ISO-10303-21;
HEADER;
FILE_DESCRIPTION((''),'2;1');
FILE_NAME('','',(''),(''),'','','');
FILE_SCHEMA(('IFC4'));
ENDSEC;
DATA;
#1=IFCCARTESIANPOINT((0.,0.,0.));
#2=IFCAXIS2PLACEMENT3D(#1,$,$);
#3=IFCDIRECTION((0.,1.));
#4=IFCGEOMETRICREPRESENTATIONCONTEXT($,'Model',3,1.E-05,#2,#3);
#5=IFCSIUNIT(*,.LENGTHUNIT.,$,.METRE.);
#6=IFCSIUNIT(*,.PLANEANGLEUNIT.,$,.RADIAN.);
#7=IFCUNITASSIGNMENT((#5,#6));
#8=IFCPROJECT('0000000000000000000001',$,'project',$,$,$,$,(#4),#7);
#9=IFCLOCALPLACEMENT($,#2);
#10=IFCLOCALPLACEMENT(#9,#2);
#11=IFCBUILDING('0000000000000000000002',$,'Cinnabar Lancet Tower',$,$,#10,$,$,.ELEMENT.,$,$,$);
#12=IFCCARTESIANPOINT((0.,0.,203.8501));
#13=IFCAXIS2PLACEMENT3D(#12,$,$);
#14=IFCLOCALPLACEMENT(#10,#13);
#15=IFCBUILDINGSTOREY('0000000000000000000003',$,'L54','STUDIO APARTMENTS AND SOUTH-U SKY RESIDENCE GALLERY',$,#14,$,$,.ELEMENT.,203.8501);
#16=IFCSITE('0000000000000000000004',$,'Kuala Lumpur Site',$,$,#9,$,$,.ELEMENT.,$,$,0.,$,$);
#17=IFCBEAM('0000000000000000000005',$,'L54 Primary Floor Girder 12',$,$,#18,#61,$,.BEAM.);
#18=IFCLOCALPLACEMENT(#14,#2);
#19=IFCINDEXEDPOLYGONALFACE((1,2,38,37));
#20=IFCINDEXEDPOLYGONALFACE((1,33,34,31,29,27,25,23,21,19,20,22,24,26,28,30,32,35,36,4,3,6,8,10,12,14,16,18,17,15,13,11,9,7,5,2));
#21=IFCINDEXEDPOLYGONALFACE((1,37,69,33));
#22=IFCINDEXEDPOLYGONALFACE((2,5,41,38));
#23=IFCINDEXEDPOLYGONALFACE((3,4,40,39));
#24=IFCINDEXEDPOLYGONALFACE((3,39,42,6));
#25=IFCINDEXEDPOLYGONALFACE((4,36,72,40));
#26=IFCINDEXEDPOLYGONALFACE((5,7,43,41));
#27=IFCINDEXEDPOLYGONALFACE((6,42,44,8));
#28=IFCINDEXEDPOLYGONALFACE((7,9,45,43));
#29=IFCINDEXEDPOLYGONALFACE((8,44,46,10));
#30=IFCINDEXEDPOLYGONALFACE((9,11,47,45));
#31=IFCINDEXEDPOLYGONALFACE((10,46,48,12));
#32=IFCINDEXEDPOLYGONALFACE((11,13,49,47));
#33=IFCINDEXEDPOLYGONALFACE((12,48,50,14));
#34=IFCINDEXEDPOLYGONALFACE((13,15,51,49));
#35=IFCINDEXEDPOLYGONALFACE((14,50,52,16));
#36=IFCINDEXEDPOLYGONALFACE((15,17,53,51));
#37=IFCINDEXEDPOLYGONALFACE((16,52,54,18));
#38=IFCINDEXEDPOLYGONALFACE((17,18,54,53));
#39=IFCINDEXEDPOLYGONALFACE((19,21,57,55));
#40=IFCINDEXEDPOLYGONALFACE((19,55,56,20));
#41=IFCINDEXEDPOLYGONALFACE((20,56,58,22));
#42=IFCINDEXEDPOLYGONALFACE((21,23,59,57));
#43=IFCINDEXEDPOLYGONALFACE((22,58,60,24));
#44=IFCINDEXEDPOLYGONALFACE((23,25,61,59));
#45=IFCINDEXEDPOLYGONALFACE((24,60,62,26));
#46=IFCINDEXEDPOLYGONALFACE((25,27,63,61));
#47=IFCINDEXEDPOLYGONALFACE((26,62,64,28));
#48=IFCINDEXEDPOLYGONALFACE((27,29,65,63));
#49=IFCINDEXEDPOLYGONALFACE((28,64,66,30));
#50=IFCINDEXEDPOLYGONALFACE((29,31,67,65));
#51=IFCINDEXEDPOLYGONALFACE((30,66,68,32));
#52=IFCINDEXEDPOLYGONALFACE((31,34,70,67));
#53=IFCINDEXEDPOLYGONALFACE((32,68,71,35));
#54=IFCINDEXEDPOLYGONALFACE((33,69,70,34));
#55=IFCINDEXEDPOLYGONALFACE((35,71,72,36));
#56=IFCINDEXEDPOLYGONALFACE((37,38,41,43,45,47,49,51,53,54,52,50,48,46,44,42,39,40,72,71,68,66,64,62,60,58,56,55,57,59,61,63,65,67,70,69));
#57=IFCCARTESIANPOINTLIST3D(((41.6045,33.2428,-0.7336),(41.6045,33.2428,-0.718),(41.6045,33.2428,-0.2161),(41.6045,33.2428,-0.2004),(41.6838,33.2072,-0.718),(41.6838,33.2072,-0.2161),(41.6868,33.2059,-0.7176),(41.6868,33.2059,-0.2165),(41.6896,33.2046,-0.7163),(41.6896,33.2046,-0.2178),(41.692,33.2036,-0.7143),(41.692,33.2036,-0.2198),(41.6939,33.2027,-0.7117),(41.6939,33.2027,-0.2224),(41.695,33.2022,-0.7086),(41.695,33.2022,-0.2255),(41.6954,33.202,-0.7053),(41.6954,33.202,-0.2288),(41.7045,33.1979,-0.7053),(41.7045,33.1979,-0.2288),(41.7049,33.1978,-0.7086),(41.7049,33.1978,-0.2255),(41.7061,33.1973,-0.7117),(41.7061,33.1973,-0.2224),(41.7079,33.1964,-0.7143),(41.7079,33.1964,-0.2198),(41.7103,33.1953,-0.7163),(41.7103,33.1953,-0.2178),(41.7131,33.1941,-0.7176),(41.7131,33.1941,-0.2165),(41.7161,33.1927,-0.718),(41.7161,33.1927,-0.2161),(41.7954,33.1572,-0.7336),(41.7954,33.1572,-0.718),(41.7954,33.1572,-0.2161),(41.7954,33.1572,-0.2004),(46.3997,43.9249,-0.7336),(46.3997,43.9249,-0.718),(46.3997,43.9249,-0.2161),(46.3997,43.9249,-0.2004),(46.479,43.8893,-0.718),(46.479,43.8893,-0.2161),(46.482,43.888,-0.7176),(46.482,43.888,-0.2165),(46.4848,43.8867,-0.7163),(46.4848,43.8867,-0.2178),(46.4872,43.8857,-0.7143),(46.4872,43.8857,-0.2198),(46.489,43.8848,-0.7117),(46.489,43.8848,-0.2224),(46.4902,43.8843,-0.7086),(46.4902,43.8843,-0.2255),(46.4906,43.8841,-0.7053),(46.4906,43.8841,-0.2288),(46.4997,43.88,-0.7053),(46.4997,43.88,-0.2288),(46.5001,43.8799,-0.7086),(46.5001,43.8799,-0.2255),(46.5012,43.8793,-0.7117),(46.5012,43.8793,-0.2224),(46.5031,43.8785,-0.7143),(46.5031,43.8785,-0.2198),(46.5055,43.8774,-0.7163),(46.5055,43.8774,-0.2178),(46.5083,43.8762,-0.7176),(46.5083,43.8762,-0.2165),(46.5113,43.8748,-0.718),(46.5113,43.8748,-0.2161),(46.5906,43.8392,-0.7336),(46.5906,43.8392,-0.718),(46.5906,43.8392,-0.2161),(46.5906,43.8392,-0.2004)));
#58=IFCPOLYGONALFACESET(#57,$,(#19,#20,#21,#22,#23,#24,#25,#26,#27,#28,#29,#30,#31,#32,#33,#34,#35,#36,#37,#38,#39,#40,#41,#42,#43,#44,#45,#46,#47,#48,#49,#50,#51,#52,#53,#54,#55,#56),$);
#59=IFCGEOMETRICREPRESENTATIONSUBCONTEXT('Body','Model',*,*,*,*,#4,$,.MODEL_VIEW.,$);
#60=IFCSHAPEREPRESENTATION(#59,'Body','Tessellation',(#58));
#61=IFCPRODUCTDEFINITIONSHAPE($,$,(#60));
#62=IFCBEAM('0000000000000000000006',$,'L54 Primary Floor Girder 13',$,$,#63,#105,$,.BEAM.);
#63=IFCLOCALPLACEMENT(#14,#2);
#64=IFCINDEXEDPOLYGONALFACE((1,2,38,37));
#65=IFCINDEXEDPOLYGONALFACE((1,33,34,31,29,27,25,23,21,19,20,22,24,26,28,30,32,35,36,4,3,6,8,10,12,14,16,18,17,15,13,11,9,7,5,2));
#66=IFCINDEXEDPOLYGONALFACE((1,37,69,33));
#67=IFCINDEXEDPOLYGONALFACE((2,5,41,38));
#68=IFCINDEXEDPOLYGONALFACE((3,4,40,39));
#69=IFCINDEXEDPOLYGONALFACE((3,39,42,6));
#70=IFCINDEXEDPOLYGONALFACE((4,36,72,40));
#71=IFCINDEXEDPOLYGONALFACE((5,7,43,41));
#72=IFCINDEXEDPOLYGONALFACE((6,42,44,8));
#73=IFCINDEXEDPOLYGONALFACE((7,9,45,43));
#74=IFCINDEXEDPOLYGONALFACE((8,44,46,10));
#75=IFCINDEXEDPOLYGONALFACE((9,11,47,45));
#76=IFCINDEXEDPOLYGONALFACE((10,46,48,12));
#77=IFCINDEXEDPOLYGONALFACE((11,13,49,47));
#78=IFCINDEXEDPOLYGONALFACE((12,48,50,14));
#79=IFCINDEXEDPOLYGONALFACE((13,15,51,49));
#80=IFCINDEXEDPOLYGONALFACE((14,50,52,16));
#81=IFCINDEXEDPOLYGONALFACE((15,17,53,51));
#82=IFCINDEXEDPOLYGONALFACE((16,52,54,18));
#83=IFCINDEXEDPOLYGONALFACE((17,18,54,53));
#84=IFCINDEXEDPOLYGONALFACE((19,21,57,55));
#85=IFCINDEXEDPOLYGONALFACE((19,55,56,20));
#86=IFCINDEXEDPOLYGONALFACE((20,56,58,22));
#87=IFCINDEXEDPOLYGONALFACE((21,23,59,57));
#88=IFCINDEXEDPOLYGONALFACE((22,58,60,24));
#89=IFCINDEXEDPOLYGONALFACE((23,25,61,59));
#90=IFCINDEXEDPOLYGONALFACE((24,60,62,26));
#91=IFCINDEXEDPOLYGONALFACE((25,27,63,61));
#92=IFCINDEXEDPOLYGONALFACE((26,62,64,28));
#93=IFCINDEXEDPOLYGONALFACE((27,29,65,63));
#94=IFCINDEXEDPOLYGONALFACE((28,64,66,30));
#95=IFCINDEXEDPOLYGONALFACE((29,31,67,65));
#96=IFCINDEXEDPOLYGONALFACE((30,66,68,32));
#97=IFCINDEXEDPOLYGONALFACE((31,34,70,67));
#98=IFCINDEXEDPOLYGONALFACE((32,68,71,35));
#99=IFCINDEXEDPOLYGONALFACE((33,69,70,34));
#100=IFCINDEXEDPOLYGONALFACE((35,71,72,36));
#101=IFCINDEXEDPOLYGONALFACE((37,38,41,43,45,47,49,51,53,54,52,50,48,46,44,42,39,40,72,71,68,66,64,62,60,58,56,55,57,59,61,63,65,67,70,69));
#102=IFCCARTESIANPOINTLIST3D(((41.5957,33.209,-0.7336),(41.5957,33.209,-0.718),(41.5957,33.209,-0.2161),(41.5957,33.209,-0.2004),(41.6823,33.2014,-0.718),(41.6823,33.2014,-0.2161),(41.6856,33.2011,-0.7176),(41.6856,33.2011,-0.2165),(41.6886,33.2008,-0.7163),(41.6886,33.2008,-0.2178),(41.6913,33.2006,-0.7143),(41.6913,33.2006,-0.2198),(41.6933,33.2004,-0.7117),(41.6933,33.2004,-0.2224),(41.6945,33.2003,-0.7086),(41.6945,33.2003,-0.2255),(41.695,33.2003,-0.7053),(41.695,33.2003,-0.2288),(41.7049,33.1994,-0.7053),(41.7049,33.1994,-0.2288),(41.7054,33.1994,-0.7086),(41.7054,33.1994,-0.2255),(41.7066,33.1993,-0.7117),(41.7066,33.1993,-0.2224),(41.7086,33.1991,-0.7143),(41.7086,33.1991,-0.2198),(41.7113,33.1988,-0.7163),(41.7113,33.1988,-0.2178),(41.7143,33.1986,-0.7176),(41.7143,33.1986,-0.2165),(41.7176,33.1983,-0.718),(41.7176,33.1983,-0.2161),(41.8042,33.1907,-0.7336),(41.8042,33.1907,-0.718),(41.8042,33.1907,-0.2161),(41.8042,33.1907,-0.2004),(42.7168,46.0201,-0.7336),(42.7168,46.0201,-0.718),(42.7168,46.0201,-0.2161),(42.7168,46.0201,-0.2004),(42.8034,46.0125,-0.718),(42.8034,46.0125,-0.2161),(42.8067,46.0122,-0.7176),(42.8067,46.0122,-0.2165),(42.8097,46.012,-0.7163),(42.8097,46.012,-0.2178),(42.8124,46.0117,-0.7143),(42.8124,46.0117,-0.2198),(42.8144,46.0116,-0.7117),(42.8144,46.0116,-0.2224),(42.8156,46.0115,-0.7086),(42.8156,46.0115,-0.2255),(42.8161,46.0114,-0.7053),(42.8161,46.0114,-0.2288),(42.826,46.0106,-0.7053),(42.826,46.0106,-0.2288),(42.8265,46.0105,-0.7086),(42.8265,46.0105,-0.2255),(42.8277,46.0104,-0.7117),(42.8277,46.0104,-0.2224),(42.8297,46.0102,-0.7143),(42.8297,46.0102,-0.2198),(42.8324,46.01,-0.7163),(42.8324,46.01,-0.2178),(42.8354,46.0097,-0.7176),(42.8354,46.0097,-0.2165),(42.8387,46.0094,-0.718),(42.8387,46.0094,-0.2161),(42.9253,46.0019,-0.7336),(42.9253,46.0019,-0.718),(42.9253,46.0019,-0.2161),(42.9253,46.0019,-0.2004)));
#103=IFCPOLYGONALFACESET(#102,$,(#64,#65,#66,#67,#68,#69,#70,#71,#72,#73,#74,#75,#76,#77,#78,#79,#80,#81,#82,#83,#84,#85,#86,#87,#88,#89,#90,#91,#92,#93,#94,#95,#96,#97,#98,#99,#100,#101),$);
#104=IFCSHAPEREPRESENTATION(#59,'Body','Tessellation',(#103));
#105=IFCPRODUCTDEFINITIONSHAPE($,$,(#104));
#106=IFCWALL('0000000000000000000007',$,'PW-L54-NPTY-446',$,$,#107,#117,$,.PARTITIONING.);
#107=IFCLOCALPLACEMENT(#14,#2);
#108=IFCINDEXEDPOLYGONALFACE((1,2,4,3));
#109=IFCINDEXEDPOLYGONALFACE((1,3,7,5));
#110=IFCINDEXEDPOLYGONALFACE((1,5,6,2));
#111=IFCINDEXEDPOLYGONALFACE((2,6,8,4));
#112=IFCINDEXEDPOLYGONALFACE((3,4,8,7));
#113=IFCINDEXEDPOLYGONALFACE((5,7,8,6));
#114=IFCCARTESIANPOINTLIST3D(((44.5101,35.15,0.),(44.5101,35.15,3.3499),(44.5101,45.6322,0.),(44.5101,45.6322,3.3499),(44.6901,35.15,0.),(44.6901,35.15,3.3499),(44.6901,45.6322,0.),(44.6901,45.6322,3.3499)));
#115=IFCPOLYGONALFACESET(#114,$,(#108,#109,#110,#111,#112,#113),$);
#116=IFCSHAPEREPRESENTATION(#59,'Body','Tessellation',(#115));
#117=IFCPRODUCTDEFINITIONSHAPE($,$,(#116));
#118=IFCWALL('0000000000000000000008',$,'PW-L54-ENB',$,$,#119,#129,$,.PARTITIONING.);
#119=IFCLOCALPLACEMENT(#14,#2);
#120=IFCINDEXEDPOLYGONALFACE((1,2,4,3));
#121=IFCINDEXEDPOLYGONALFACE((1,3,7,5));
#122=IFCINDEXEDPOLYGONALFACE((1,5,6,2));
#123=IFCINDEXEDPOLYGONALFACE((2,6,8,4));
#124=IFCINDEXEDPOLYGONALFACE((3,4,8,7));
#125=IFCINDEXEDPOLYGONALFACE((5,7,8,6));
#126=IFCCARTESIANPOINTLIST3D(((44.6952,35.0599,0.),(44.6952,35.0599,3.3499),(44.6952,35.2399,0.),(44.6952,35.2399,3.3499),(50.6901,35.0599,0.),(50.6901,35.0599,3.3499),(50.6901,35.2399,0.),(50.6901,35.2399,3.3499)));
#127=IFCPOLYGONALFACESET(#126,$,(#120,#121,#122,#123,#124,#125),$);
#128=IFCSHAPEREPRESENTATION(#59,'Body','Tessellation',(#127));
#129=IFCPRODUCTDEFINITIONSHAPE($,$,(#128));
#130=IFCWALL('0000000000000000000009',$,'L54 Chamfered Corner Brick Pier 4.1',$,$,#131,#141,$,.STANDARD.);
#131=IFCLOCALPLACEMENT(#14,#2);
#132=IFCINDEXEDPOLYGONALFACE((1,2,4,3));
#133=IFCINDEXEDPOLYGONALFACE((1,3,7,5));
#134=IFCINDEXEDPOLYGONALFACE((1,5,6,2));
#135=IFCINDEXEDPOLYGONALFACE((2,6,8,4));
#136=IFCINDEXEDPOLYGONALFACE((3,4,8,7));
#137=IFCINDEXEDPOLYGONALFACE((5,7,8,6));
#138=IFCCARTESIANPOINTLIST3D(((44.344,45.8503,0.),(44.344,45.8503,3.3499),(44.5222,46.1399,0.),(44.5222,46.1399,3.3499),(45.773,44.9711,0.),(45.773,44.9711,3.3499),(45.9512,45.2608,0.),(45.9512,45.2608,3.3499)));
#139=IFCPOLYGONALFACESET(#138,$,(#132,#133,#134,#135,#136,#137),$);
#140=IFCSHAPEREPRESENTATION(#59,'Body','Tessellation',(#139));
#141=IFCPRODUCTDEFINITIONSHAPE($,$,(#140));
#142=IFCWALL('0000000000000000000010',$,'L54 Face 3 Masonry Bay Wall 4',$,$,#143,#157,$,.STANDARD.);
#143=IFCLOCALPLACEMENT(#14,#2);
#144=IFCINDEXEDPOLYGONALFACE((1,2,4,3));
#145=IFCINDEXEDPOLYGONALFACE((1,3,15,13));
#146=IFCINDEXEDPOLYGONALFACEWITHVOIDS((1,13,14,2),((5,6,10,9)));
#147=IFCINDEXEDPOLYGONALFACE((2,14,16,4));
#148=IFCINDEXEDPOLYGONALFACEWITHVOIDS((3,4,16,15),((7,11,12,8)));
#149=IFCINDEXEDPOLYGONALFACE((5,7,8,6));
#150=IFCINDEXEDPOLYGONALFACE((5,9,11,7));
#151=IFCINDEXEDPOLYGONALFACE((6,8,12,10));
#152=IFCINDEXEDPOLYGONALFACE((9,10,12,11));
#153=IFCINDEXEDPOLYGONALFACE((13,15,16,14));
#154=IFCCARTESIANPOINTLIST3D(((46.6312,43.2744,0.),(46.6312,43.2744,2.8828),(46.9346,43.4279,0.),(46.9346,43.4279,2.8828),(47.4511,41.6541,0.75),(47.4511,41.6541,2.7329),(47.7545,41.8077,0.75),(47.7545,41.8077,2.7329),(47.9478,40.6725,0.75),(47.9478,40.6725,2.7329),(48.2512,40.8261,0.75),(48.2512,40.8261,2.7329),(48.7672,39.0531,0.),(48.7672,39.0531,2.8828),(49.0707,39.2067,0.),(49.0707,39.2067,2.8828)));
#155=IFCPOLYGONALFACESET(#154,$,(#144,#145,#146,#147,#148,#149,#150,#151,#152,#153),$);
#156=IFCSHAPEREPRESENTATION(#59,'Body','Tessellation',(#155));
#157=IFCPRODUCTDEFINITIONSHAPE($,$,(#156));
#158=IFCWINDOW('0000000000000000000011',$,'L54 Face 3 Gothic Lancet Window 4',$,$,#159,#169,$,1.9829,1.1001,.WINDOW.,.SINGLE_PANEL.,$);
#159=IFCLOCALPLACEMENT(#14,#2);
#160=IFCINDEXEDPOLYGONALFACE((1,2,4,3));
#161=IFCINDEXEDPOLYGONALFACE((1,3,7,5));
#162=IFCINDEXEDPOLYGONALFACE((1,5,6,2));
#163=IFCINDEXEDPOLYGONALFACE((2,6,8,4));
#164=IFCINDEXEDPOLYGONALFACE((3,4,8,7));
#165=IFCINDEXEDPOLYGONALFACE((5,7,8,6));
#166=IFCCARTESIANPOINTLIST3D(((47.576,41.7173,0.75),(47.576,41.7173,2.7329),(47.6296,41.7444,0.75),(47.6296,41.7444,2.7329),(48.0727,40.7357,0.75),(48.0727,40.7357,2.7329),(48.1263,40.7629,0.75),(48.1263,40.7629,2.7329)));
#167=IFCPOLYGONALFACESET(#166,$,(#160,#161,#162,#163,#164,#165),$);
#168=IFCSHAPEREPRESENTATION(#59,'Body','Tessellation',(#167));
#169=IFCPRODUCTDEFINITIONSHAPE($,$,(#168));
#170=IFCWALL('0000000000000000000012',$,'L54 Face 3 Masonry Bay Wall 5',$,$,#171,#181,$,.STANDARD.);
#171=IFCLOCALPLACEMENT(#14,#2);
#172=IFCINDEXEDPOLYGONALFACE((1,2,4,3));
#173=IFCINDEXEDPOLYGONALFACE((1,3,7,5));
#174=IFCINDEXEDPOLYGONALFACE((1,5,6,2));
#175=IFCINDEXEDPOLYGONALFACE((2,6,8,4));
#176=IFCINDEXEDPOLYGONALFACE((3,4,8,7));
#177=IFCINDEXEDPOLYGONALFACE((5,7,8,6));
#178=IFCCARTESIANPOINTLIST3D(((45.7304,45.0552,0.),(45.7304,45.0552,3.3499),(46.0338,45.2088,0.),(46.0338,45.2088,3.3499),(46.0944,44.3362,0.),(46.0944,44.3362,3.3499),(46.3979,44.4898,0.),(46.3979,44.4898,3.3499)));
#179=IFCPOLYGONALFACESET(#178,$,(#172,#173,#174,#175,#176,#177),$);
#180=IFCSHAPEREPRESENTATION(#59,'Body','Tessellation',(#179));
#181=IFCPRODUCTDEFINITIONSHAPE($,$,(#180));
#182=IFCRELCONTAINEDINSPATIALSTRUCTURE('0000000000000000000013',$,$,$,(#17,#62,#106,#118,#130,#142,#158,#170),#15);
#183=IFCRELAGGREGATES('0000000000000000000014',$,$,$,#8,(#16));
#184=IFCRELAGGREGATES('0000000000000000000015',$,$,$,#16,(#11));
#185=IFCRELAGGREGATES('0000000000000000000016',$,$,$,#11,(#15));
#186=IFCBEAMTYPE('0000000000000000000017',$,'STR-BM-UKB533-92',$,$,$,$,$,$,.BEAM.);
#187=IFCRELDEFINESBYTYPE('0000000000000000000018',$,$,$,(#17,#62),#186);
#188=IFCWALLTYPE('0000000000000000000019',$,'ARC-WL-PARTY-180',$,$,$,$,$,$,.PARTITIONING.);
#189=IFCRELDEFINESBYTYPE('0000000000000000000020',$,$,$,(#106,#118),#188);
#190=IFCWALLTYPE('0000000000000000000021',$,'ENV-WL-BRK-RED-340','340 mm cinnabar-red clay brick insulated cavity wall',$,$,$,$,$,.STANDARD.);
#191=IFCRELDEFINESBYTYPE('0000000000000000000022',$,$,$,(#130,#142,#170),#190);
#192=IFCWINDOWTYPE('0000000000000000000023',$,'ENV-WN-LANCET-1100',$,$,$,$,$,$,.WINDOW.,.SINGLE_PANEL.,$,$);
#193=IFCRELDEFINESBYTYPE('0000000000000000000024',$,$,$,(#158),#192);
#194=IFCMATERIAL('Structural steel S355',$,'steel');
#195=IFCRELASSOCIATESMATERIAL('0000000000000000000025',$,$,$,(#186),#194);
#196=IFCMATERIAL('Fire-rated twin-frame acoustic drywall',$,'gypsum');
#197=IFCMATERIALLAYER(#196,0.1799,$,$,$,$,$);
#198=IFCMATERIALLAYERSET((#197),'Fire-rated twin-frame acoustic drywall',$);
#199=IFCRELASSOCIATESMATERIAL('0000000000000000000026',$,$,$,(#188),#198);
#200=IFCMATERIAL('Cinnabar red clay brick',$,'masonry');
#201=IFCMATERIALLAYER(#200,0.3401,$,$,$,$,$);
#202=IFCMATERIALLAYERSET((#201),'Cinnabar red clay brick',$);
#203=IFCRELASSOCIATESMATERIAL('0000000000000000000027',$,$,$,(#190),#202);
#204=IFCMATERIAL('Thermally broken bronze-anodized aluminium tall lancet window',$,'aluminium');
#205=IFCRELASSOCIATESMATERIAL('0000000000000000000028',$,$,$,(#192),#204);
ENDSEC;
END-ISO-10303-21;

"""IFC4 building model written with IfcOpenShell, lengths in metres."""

from ifc_helpers import new_model, si_unit, direction, frame, frame_2d, origin, origin_2d, place, context, subcontext, project, spatial, rectangle, i_section, extrude, material, layer, layer_set, material_profile, profile_set, type_object, element, fill, save


model = new_model("IFC4")

# Units and contexts
model_context = context("Model", 3, precision=1e-05, world=origin(), true_north=direction((0.0, 1.0)))
body_context = subcontext(model_context, "Body", "Model", "MODEL_VIEW")
ifc_project = project(units=[si_unit("LENGTHUNIT", "METRE"), si_unit("PLANEANGLEUNIT", "RADIAN")], contexts=[model_context])

# Site, building, storey
site_placement = place(None, origin())
site = spatial("IfcSite", under=ifc_project, at=site_placement, Name="Kuala Lumpur Site", CompositionType="ELEMENT", RefElevation=0.0)
building_placement = place(site_placement, origin())
building = spatial("IfcBuilding", under=site, at=building_placement, Name="Cinnabar Lancet Tower", CompositionType="ELEMENT")
storey_placement = place(building_placement, frame((0.0, 0.0, 203.8501)))
storey = spatial("IfcBuildingStorey", under=building, at=storey_placement, Name="L54", Description="STUDIO APARTMENTS AND SOUTH-U SKY RESIDENCE GALLERY", CompositionType="ELEMENT", Elevation=203.8501)

# Beams
ifc_material_1 = material(Name="Structural steel S355", Category="steel")
ifc_material_profile_1 = material_profile(ifc_material_1, i_section(OverallWidth=0.2092, OverallDepth=0.5332, WebThickness=0.01, FlangeThickness=0.0156, FilletRadius=0.0127, at=origin_2d()), Name="UKB 533x210x92")
ifc_profile_set_1 = profile_set([ifc_material_profile_1], Name="Structural steel S355")
beam_type_1 = type_object("IfcBeamType", Name="STR-BM-UKB533-92", PredefinedType="BEAM", material=ifc_profile_set_1)
beam_1_placement = place(storey_placement, frame((46.4951, 43.8821, -0.467), z_axis=(-0.409527, -0.912298, 0.0), x_axis=(0.912298, -0.409527, 0.0)))
element("IfcBeam", 1, at=beam_1_placement, inside=storey, type_object=beam_type_1, Name="L54 Primary Floor Girder 12", PredefinedType="BEAM", context=body_context, shape_type="SweptSolid", body=[
    extrude(i_section(OverallWidth=0.2092, OverallDepth=0.5332, WebThickness=0.01, FlangeThickness=0.0156, FilletRadius=0.0127, at=origin_2d()), origin(), (0.0, 0.0, 1.0), 11.709),
])
beam_2_placement = place(storey_placement, frame((42.821, 46.011, -0.467), z_axis=(-0.087177, -0.996193, 0.0), x_axis=(0.996193, -0.087177, 0.0)))
element("IfcBeam", 2, at=beam_2_placement, inside=storey, type_object=beam_type_1, Name="L54 Primary Floor Girder 13", PredefinedType="BEAM", context=body_context, shape_type="SweptSolid", body=[
    extrude(i_section(OverallWidth=0.2092, OverallDepth=0.5332, WebThickness=0.01, FlangeThickness=0.0156, FilletRadius=0.0127, at=origin_2d()), origin(), (0.0, 0.0, 1.0), 12.8601),
])

# Walls
ifc_material_2 = material(Name="Fire-rated twin-frame acoustic drywall", Category="gypsum")
ifc_layer_1 = layer(ifc_material_2, 0.1799)
ifc_layer_set_1 = layer_set([ifc_layer_1], Name="Fire-rated twin-frame acoustic drywall")
wall_type_1 = type_object("IfcWallType", Name="ARC-WL-PARTY-180", PredefinedType="PARTITIONING", material=ifc_layer_set_1)
wall_1_placement = place(storey_placement, frame((44.6001, 35.1499, 0.0), z_axis=(0.0, 0.0, 1.0), x_axis=(0.0, 1.0, 0.0)))
element("IfcWall", 3, at=wall_1_placement, inside=storey, type_object=wall_type_1, Name="PW-L54-NPTY-446", PredefinedType="PARTITIONING", context=body_context, shape_type="SweptSolid", body=[
    extrude(rectangle(XDim=10.4822, YDim=0.1799, at=frame_2d((5.2412, 0.0))), origin(), (0.0, 0.0, 1.0), 3.3499),
])
wall_2_placement = place(storey_placement, frame((44.6951, 35.1499, 0.0), z_axis=(0.0, 0.0, 1.0), x_axis=(1.0, 0.0, 0.0)))
element("IfcWall", 4, at=wall_2_placement, inside=storey, type_object=wall_type_1, Name="PW-L54-ENB", PredefinedType="PARTITIONING", context=body_context, shape_type="SweptSolid", body=[
    extrude(rectangle(XDim=5.9949, YDim=0.1799, at=frame_2d((2.9976, 0.0))), origin(), (0.0, 0.0, 1.0), 3.3499),
])
ifc_material_3 = material(Name="Cinnabar red clay brick", Category="masonry")
ifc_layer_2 = layer(ifc_material_3, 0.3401)
ifc_layer_set_2 = layer_set([ifc_layer_2], Name="Cinnabar red clay brick")
wall_type_2 = type_object("IfcWallType", Name="ENV-WL-BRK-RED-340", Description="340 mm cinnabar-red clay brick insulated cavity wall", PredefinedType="STANDARD", material=ifc_layer_set_2)
wall_3_placement = place(storey_placement, frame((45.8621, 45.116, 0.0), z_axis=(0.0, 0.0, 1.0), x_axis=(-0.851713, 0.524008, 0.0)))
element("IfcWall", 5, at=wall_3_placement, inside=storey, type_object=wall_type_2, Name="L54 Chamfered Corner Brick Pier 4.1", PredefinedType="STANDARD", context=body_context, shape_type="SweptSolid", body=[
    extrude(rectangle(XDim=1.6777, YDim=0.3401, at=frame_2d((0.8389, 0.0))), origin(), (0.0, 0.0, 1.0), 3.3499),
])

# Wall, opening, window
wall_4_placement = place(storey_placement, frame((48.9189, 39.1299, 0.0), z_axis=(0.0, 0.0, 1.0), x_axis=(-0.451502, 0.89227, 0.0)))
wall_4 = element("IfcWall", 6, at=wall_4_placement, inside=storey, type_object=wall_type_2, Name="L54 Face 3 Masonry Bay Wall 4", PredefinedType="STANDARD", context=body_context, shape_type="SweptSolid", body=[
    extrude(rectangle(XDim=4.731, YDim=0.3401, at=frame_2d((2.3655, 0.0))), origin(), (0.0, 0.0, 1.0), 2.8828),
])
opening_placement = place(wall_4_placement, frame((1.8149, 0.0, 0.75)))
opening = element("IfcOpeningElement", 7, at=opening_placement, cuts=wall_4, PredefinedType="OPENING", context=body_context, shape_type="SweptSolid", body=[
    extrude(rectangle(XDim=1.1001, YDim=1.9829, at=frame_2d((0.55, 0.9915))), frame((0.0, 0.1799, 0.0), z_axis=(0.0, -1.0, 0.0), x_axis=(1.0, 0.0, 0.0)), (0.0, 0.0, 1.0), 0.3601),
])
ifc_material_4 = material(Name="Thermally broken bronze-anodized aluminium tall lancet window", Category="aluminium")
window_type = type_object("IfcWindowType", Name="ENV-WN-LANCET-1100", PartitioningType="SINGLE_PANEL", PredefinedType="WINDOW", material=ifc_material_4)
window_placement = place(opening_placement, origin())
window = element("IfcWindow", 8, at=window_placement, inside=storey, type_object=window_type, Name="L54 Face 3 Gothic Lancet Window 4", OverallHeight=1.9829, OverallWidth=1.1001, PartitioningType="SINGLE_PANEL", PredefinedType="WINDOW", context=body_context, shape_type="SweptSolid", body=[
    extrude(rectangle(XDim=1.1001, YDim=1.9829, at=frame_2d((0.55, 0.9915))), frame((0.0, 0.03, 0.0), z_axis=(0.0, -1.0, 0.0), x_axis=(1.0, 0.0, 0.0)), (0.0, 0.0, 1.0), 0.0601),
])
fill(opening, window)

# Wall
wall_5_placement = place(storey_placement, frame((46.2461, 44.4131, 0.0), z_axis=(0.0, 0.0, 1.0), x_axis=(-0.451692, 0.892174, 0.0)))
element("IfcWall", 9, at=wall_5_placement, inside=storey, type_object=wall_type_2, Name="L54 Face 3 Masonry Bay Wall 5", PredefinedType="STANDARD", context=body_context, shape_type="SweptSolid", body=[
    extrude(rectangle(XDim=0.8059, YDim=0.3401, at=frame_2d((0.4028, 0.0))), origin(), (0.0, 0.0, 1.0), 3.3499),
])

save(model, "model.ifc")
